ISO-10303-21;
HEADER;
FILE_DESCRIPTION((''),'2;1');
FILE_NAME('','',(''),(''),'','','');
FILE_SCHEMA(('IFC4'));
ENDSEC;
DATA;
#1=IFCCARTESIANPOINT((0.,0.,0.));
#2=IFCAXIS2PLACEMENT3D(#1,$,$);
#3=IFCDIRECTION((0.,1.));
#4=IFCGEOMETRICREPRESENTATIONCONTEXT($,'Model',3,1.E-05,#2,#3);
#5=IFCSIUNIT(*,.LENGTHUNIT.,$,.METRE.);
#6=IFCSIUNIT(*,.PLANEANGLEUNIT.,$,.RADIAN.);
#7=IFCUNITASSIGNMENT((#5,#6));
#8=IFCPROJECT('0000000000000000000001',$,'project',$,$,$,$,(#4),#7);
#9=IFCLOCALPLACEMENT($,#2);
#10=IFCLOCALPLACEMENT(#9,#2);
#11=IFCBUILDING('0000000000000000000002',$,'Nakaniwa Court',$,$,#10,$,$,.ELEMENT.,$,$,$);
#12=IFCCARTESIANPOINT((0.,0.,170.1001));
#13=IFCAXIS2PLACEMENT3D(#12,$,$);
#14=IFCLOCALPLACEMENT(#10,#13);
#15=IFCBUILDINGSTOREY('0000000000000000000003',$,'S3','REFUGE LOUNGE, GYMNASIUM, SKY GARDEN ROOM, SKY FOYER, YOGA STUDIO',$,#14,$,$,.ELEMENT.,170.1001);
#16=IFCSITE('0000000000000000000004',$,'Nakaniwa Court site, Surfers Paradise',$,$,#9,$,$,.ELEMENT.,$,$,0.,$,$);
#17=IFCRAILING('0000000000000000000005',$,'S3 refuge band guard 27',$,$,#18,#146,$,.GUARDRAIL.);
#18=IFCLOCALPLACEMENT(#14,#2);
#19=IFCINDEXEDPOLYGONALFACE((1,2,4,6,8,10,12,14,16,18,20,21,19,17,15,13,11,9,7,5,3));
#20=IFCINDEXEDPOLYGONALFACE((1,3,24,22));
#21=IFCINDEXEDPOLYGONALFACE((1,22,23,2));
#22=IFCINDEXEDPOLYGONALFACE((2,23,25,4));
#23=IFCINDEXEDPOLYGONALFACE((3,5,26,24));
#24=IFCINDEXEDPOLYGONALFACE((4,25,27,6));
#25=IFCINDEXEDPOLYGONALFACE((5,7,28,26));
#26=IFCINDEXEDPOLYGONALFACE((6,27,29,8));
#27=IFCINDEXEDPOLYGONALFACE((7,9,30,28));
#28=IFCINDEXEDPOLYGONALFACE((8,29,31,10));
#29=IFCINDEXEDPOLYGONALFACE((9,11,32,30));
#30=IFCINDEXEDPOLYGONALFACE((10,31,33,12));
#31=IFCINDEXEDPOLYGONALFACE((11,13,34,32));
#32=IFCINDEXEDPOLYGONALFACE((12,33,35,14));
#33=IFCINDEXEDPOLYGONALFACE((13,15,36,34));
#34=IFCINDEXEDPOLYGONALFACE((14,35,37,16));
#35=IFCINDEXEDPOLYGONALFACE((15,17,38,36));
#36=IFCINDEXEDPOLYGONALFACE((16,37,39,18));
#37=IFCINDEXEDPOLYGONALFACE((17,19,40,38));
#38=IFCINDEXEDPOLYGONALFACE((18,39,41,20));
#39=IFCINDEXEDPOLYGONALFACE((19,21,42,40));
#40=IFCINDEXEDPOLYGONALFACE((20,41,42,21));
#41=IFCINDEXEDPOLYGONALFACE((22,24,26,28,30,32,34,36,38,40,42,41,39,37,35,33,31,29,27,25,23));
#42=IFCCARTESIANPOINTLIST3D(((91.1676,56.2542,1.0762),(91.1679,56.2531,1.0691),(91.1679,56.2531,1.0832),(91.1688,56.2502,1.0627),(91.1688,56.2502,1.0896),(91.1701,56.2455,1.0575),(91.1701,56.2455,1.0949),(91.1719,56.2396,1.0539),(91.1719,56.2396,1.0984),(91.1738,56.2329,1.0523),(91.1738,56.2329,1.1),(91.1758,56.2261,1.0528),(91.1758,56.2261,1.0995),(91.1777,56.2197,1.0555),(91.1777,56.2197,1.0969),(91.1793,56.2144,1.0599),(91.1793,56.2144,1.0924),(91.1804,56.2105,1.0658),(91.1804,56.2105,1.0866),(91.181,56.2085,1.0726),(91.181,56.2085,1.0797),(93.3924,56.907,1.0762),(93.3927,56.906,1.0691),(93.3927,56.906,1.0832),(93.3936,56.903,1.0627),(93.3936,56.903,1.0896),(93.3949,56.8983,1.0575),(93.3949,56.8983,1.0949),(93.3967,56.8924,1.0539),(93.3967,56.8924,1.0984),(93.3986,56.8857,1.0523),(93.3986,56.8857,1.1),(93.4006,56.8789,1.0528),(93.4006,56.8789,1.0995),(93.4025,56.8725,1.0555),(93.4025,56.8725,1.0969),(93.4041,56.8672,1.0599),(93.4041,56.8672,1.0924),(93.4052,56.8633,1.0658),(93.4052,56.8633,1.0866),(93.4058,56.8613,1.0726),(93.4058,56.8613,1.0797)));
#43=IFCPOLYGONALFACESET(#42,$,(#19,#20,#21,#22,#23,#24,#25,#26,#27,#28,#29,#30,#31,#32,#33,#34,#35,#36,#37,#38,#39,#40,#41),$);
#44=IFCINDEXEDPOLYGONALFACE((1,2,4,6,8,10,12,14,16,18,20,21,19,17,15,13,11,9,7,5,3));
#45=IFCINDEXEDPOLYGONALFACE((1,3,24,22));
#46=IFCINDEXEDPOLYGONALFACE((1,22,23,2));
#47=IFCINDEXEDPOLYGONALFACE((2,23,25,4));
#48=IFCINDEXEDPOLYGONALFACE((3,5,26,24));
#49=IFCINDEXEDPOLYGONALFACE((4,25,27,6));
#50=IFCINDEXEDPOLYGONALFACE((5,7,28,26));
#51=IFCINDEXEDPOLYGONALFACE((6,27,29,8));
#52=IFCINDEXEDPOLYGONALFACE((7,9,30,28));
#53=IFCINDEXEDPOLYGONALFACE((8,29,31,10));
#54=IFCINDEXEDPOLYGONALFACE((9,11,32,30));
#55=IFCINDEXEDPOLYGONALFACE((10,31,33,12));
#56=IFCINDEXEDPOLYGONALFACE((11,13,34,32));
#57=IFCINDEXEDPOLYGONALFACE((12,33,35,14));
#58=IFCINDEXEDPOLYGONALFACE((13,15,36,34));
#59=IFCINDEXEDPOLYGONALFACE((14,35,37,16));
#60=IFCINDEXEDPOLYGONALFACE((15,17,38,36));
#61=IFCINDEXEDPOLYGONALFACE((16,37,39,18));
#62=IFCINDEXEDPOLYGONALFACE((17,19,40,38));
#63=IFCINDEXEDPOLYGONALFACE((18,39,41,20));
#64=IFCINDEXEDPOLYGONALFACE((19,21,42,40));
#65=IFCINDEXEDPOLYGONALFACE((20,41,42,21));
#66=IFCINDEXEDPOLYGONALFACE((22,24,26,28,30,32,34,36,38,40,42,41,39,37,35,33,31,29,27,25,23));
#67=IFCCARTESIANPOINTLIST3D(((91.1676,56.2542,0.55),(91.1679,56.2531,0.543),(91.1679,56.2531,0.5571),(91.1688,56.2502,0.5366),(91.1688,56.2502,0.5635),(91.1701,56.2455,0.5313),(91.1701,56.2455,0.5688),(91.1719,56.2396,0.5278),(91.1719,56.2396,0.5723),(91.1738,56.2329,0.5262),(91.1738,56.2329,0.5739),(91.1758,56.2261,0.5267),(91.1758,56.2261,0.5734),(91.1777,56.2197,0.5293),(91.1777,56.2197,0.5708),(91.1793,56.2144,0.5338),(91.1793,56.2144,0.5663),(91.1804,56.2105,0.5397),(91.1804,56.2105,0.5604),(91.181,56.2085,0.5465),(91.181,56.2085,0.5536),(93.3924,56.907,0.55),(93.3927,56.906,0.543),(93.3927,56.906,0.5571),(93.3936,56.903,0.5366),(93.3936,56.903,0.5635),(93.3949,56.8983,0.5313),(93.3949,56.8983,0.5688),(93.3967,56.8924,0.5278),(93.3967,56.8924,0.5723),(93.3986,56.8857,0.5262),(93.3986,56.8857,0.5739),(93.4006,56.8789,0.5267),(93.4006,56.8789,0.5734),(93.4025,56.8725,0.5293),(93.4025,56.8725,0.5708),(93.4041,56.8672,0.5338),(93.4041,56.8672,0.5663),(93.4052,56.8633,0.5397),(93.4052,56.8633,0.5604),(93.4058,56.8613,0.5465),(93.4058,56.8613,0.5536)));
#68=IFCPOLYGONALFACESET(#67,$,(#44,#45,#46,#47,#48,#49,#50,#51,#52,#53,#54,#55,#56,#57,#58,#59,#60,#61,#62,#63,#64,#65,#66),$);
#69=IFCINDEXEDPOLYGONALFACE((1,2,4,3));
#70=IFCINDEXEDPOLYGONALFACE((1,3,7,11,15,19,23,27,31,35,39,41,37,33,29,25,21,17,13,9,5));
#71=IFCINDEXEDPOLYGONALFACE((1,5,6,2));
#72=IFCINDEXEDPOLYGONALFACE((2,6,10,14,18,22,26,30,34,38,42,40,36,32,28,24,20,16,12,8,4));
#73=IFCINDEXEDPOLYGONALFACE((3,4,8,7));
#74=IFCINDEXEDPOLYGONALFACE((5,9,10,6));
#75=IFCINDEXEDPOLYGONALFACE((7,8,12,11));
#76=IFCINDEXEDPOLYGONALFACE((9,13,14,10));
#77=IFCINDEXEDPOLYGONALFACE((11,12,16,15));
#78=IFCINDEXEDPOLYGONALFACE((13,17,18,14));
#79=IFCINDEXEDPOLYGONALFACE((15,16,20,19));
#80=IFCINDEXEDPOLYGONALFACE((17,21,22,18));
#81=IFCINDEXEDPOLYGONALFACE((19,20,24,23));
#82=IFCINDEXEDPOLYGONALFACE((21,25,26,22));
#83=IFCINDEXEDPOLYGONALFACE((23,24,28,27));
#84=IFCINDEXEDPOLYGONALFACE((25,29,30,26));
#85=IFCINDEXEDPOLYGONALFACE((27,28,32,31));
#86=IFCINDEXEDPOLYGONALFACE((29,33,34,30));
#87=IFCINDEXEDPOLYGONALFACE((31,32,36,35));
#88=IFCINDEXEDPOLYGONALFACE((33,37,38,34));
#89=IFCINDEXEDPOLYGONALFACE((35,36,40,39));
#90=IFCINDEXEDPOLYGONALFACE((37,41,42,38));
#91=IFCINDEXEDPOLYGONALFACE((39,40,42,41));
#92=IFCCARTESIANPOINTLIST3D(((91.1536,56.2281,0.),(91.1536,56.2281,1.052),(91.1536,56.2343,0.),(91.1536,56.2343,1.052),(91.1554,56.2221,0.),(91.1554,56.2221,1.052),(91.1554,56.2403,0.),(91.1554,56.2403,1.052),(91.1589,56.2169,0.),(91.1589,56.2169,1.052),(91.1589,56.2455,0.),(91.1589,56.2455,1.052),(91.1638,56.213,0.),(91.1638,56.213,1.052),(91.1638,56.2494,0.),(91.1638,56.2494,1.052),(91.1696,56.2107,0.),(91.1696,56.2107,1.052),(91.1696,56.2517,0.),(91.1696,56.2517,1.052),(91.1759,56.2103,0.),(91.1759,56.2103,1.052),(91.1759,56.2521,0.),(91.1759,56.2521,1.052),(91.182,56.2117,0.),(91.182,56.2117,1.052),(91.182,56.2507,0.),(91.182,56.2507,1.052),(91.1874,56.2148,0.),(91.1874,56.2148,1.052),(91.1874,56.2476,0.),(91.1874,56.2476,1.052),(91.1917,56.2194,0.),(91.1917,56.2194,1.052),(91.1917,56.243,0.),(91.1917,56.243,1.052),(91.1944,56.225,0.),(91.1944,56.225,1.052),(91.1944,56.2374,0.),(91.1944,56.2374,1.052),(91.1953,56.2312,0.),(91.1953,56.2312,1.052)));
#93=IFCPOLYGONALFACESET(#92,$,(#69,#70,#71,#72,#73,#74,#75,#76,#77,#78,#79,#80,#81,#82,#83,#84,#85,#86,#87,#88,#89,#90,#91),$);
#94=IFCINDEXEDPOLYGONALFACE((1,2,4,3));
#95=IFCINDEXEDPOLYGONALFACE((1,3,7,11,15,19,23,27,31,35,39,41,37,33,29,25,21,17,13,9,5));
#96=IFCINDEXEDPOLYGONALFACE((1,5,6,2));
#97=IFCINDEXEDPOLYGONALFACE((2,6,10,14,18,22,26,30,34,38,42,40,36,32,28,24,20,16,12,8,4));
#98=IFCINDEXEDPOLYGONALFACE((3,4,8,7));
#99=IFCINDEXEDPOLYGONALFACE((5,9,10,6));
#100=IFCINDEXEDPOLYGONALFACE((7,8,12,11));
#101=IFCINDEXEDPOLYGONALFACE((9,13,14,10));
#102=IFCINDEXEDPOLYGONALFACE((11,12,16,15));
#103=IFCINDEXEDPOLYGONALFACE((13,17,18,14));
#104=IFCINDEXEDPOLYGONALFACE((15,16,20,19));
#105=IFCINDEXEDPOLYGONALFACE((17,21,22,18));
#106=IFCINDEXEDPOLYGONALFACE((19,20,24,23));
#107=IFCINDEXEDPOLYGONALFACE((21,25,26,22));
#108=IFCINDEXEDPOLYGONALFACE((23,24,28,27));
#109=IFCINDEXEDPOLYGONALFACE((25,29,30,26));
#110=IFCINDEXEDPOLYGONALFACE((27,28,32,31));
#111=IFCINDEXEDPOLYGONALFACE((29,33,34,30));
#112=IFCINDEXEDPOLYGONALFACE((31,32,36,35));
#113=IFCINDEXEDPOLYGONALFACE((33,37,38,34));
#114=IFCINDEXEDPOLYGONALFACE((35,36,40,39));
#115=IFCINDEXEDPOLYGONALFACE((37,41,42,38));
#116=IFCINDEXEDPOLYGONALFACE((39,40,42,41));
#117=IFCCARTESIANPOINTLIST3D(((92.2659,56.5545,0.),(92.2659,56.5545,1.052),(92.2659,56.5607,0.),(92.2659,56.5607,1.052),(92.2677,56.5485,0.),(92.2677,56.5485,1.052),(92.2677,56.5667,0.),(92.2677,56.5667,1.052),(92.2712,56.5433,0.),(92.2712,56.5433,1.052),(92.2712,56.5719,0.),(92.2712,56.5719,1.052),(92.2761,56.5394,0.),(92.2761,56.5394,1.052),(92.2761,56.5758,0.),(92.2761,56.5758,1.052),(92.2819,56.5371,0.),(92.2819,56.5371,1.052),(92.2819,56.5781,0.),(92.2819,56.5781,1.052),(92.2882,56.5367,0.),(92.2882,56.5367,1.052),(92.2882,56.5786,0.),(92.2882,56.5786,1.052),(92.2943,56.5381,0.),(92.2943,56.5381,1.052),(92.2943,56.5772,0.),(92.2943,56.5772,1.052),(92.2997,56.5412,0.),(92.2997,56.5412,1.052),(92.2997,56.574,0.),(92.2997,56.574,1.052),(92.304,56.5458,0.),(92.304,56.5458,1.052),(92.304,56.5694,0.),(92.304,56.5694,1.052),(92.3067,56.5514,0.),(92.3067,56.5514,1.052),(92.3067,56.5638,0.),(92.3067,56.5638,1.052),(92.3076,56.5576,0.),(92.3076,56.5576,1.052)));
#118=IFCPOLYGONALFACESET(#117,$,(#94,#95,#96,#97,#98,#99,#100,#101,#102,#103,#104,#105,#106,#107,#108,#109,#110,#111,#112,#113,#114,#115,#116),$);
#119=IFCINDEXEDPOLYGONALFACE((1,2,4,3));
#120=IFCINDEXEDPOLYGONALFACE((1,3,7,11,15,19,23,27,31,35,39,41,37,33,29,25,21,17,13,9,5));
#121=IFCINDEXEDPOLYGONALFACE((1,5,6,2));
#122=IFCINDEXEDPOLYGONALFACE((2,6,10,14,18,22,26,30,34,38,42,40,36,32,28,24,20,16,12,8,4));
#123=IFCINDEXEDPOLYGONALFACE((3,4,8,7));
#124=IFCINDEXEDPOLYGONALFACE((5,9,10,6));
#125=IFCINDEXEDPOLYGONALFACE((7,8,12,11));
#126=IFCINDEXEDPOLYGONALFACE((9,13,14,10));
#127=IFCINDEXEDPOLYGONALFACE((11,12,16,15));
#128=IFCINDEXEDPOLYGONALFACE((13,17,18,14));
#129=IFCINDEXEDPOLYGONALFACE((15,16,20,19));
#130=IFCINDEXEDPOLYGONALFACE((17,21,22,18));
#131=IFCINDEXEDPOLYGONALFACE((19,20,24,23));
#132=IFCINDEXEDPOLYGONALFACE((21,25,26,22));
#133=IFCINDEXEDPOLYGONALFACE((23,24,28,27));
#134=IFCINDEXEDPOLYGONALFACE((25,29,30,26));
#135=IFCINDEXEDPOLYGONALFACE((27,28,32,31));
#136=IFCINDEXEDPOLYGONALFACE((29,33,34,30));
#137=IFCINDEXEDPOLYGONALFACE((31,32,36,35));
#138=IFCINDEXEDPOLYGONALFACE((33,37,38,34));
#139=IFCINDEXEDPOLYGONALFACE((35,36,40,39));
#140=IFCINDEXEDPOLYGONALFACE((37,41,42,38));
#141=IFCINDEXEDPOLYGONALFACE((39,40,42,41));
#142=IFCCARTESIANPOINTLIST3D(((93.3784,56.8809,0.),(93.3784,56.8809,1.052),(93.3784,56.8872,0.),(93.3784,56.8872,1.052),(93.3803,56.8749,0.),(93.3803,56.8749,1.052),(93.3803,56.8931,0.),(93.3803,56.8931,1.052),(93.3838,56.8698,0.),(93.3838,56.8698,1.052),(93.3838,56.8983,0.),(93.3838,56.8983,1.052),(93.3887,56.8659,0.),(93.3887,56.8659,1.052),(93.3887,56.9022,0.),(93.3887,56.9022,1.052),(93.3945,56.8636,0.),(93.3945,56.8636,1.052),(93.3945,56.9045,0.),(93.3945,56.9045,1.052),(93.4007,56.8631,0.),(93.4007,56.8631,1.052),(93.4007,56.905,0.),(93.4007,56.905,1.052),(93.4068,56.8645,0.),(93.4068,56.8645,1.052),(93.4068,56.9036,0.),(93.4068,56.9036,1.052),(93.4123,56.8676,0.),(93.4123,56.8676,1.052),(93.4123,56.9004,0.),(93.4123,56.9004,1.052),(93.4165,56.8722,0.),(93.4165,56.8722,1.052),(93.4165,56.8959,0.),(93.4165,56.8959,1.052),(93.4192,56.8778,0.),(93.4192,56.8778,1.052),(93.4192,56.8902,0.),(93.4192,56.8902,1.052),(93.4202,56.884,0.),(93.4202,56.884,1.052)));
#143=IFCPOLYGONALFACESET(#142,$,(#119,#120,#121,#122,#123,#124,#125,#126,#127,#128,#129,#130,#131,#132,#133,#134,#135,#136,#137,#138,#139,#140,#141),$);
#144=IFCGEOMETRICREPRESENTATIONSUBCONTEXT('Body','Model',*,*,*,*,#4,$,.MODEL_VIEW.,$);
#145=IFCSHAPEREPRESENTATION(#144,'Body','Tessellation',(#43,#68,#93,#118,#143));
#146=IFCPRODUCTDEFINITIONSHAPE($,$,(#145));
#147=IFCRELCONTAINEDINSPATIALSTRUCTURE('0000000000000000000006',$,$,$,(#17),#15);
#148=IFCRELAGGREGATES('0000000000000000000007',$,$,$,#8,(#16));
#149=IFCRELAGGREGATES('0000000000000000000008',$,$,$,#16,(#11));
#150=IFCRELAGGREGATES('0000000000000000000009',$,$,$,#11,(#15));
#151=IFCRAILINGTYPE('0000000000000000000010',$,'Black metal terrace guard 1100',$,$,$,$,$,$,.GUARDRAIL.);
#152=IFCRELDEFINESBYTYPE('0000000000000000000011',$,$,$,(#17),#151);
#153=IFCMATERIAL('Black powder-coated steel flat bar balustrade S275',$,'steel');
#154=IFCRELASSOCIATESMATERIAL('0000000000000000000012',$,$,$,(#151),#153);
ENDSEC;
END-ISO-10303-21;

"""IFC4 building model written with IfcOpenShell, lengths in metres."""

from ifc_helpers import new_model, si_unit, direction, frame, origin, origin_2d, place, context, subcontext, project, spatial, circle, extrude, material, type_object, element, save


model = new_model("IFC4")

# Units and contexts
model_context = context("Model", 3, precision=1e-05, world=origin(), true_north=direction((0.0, 1.0)))
body_context = subcontext(model_context, "Body", "Model", "MODEL_VIEW")
ifc_project = project(units=[si_unit("LENGTHUNIT", "METRE"), si_unit("PLANEANGLEUNIT", "RADIAN")], contexts=[model_context])

# Site, building, storey
site_placement = place(None, origin())
site = spatial("IfcSite", under=ifc_project, at=site_placement, Name="Nakaniwa Court site, Surfers Paradise", CompositionType="ELEMENT", RefElevation=0.0)
building_placement = place(site_placement, origin())
building = spatial("IfcBuilding", under=site, at=building_placement, Name="Nakaniwa Court", CompositionType="ELEMENT")
storey_placement = place(building_placement, frame((0.0, 0.0, 170.1001)))
storey = spatial("IfcBuildingStorey", under=building, at=storey_placement, Name="S3", Description="REFUGE LOUNGE, GYMNASIUM, SKY GARDEN ROOM, SKY FOYER, YOGA STUDIO", CompositionType="ELEMENT", Elevation=170.1001)

# Railing
ifc_material_1 = material(Name="Black powder-coated steel flat bar balustrade S275", Category="steel")
railing_type = type_object("IfcRailingType", Name="Black metal terrace guard 1100", PredefinedType="GUARDRAIL", material=ifc_material_1)
railing_1_placement = place(storey_placement, frame((91.1743, 56.2312, 0.0)))
element("IfcRailing", 1, at=railing_1_placement, inside=storey, type_object=railing_type, Name="S3 refuge band guard 27", PredefinedType="GUARDRAIL", context=body_context, shape_type="SweptSolid", body=[
    extrude(circle(Radius=0.0239, at=origin_2d()), frame((0.0, 0.0, 1.0762), z_axis=(0.959545, 0.281556, 0.0), x_axis=(-0.281556, 0.959545, 0.0)), (0.0, 0.0, 1.0), 2.3186),
    extrude(circle(Radius=0.0239, at=origin_2d()), frame((0.0, 0.0, 0.55), z_axis=(0.959545, 0.281556, 0.0), x_axis=(-0.281556, 0.959545, 0.0)), (0.0, 0.0, 1.0), 2.3186),
    extrude(circle(Radius=0.021, at=origin_2d()), origin(), (0.0, 0.0, 1.0), 1.052),
    extrude(circle(Radius=0.021, at=origin_2d()), frame((1.1123, 0.3264, 0.0)), (0.0, 0.0, 1.0), 1.052),
    extrude(circle(Radius=0.021, at=origin_2d()), frame((2.2249, 0.6528, 0.0)), (0.0, 0.0, 1.0), 1.052),
])

save(model, "model.ifc")
